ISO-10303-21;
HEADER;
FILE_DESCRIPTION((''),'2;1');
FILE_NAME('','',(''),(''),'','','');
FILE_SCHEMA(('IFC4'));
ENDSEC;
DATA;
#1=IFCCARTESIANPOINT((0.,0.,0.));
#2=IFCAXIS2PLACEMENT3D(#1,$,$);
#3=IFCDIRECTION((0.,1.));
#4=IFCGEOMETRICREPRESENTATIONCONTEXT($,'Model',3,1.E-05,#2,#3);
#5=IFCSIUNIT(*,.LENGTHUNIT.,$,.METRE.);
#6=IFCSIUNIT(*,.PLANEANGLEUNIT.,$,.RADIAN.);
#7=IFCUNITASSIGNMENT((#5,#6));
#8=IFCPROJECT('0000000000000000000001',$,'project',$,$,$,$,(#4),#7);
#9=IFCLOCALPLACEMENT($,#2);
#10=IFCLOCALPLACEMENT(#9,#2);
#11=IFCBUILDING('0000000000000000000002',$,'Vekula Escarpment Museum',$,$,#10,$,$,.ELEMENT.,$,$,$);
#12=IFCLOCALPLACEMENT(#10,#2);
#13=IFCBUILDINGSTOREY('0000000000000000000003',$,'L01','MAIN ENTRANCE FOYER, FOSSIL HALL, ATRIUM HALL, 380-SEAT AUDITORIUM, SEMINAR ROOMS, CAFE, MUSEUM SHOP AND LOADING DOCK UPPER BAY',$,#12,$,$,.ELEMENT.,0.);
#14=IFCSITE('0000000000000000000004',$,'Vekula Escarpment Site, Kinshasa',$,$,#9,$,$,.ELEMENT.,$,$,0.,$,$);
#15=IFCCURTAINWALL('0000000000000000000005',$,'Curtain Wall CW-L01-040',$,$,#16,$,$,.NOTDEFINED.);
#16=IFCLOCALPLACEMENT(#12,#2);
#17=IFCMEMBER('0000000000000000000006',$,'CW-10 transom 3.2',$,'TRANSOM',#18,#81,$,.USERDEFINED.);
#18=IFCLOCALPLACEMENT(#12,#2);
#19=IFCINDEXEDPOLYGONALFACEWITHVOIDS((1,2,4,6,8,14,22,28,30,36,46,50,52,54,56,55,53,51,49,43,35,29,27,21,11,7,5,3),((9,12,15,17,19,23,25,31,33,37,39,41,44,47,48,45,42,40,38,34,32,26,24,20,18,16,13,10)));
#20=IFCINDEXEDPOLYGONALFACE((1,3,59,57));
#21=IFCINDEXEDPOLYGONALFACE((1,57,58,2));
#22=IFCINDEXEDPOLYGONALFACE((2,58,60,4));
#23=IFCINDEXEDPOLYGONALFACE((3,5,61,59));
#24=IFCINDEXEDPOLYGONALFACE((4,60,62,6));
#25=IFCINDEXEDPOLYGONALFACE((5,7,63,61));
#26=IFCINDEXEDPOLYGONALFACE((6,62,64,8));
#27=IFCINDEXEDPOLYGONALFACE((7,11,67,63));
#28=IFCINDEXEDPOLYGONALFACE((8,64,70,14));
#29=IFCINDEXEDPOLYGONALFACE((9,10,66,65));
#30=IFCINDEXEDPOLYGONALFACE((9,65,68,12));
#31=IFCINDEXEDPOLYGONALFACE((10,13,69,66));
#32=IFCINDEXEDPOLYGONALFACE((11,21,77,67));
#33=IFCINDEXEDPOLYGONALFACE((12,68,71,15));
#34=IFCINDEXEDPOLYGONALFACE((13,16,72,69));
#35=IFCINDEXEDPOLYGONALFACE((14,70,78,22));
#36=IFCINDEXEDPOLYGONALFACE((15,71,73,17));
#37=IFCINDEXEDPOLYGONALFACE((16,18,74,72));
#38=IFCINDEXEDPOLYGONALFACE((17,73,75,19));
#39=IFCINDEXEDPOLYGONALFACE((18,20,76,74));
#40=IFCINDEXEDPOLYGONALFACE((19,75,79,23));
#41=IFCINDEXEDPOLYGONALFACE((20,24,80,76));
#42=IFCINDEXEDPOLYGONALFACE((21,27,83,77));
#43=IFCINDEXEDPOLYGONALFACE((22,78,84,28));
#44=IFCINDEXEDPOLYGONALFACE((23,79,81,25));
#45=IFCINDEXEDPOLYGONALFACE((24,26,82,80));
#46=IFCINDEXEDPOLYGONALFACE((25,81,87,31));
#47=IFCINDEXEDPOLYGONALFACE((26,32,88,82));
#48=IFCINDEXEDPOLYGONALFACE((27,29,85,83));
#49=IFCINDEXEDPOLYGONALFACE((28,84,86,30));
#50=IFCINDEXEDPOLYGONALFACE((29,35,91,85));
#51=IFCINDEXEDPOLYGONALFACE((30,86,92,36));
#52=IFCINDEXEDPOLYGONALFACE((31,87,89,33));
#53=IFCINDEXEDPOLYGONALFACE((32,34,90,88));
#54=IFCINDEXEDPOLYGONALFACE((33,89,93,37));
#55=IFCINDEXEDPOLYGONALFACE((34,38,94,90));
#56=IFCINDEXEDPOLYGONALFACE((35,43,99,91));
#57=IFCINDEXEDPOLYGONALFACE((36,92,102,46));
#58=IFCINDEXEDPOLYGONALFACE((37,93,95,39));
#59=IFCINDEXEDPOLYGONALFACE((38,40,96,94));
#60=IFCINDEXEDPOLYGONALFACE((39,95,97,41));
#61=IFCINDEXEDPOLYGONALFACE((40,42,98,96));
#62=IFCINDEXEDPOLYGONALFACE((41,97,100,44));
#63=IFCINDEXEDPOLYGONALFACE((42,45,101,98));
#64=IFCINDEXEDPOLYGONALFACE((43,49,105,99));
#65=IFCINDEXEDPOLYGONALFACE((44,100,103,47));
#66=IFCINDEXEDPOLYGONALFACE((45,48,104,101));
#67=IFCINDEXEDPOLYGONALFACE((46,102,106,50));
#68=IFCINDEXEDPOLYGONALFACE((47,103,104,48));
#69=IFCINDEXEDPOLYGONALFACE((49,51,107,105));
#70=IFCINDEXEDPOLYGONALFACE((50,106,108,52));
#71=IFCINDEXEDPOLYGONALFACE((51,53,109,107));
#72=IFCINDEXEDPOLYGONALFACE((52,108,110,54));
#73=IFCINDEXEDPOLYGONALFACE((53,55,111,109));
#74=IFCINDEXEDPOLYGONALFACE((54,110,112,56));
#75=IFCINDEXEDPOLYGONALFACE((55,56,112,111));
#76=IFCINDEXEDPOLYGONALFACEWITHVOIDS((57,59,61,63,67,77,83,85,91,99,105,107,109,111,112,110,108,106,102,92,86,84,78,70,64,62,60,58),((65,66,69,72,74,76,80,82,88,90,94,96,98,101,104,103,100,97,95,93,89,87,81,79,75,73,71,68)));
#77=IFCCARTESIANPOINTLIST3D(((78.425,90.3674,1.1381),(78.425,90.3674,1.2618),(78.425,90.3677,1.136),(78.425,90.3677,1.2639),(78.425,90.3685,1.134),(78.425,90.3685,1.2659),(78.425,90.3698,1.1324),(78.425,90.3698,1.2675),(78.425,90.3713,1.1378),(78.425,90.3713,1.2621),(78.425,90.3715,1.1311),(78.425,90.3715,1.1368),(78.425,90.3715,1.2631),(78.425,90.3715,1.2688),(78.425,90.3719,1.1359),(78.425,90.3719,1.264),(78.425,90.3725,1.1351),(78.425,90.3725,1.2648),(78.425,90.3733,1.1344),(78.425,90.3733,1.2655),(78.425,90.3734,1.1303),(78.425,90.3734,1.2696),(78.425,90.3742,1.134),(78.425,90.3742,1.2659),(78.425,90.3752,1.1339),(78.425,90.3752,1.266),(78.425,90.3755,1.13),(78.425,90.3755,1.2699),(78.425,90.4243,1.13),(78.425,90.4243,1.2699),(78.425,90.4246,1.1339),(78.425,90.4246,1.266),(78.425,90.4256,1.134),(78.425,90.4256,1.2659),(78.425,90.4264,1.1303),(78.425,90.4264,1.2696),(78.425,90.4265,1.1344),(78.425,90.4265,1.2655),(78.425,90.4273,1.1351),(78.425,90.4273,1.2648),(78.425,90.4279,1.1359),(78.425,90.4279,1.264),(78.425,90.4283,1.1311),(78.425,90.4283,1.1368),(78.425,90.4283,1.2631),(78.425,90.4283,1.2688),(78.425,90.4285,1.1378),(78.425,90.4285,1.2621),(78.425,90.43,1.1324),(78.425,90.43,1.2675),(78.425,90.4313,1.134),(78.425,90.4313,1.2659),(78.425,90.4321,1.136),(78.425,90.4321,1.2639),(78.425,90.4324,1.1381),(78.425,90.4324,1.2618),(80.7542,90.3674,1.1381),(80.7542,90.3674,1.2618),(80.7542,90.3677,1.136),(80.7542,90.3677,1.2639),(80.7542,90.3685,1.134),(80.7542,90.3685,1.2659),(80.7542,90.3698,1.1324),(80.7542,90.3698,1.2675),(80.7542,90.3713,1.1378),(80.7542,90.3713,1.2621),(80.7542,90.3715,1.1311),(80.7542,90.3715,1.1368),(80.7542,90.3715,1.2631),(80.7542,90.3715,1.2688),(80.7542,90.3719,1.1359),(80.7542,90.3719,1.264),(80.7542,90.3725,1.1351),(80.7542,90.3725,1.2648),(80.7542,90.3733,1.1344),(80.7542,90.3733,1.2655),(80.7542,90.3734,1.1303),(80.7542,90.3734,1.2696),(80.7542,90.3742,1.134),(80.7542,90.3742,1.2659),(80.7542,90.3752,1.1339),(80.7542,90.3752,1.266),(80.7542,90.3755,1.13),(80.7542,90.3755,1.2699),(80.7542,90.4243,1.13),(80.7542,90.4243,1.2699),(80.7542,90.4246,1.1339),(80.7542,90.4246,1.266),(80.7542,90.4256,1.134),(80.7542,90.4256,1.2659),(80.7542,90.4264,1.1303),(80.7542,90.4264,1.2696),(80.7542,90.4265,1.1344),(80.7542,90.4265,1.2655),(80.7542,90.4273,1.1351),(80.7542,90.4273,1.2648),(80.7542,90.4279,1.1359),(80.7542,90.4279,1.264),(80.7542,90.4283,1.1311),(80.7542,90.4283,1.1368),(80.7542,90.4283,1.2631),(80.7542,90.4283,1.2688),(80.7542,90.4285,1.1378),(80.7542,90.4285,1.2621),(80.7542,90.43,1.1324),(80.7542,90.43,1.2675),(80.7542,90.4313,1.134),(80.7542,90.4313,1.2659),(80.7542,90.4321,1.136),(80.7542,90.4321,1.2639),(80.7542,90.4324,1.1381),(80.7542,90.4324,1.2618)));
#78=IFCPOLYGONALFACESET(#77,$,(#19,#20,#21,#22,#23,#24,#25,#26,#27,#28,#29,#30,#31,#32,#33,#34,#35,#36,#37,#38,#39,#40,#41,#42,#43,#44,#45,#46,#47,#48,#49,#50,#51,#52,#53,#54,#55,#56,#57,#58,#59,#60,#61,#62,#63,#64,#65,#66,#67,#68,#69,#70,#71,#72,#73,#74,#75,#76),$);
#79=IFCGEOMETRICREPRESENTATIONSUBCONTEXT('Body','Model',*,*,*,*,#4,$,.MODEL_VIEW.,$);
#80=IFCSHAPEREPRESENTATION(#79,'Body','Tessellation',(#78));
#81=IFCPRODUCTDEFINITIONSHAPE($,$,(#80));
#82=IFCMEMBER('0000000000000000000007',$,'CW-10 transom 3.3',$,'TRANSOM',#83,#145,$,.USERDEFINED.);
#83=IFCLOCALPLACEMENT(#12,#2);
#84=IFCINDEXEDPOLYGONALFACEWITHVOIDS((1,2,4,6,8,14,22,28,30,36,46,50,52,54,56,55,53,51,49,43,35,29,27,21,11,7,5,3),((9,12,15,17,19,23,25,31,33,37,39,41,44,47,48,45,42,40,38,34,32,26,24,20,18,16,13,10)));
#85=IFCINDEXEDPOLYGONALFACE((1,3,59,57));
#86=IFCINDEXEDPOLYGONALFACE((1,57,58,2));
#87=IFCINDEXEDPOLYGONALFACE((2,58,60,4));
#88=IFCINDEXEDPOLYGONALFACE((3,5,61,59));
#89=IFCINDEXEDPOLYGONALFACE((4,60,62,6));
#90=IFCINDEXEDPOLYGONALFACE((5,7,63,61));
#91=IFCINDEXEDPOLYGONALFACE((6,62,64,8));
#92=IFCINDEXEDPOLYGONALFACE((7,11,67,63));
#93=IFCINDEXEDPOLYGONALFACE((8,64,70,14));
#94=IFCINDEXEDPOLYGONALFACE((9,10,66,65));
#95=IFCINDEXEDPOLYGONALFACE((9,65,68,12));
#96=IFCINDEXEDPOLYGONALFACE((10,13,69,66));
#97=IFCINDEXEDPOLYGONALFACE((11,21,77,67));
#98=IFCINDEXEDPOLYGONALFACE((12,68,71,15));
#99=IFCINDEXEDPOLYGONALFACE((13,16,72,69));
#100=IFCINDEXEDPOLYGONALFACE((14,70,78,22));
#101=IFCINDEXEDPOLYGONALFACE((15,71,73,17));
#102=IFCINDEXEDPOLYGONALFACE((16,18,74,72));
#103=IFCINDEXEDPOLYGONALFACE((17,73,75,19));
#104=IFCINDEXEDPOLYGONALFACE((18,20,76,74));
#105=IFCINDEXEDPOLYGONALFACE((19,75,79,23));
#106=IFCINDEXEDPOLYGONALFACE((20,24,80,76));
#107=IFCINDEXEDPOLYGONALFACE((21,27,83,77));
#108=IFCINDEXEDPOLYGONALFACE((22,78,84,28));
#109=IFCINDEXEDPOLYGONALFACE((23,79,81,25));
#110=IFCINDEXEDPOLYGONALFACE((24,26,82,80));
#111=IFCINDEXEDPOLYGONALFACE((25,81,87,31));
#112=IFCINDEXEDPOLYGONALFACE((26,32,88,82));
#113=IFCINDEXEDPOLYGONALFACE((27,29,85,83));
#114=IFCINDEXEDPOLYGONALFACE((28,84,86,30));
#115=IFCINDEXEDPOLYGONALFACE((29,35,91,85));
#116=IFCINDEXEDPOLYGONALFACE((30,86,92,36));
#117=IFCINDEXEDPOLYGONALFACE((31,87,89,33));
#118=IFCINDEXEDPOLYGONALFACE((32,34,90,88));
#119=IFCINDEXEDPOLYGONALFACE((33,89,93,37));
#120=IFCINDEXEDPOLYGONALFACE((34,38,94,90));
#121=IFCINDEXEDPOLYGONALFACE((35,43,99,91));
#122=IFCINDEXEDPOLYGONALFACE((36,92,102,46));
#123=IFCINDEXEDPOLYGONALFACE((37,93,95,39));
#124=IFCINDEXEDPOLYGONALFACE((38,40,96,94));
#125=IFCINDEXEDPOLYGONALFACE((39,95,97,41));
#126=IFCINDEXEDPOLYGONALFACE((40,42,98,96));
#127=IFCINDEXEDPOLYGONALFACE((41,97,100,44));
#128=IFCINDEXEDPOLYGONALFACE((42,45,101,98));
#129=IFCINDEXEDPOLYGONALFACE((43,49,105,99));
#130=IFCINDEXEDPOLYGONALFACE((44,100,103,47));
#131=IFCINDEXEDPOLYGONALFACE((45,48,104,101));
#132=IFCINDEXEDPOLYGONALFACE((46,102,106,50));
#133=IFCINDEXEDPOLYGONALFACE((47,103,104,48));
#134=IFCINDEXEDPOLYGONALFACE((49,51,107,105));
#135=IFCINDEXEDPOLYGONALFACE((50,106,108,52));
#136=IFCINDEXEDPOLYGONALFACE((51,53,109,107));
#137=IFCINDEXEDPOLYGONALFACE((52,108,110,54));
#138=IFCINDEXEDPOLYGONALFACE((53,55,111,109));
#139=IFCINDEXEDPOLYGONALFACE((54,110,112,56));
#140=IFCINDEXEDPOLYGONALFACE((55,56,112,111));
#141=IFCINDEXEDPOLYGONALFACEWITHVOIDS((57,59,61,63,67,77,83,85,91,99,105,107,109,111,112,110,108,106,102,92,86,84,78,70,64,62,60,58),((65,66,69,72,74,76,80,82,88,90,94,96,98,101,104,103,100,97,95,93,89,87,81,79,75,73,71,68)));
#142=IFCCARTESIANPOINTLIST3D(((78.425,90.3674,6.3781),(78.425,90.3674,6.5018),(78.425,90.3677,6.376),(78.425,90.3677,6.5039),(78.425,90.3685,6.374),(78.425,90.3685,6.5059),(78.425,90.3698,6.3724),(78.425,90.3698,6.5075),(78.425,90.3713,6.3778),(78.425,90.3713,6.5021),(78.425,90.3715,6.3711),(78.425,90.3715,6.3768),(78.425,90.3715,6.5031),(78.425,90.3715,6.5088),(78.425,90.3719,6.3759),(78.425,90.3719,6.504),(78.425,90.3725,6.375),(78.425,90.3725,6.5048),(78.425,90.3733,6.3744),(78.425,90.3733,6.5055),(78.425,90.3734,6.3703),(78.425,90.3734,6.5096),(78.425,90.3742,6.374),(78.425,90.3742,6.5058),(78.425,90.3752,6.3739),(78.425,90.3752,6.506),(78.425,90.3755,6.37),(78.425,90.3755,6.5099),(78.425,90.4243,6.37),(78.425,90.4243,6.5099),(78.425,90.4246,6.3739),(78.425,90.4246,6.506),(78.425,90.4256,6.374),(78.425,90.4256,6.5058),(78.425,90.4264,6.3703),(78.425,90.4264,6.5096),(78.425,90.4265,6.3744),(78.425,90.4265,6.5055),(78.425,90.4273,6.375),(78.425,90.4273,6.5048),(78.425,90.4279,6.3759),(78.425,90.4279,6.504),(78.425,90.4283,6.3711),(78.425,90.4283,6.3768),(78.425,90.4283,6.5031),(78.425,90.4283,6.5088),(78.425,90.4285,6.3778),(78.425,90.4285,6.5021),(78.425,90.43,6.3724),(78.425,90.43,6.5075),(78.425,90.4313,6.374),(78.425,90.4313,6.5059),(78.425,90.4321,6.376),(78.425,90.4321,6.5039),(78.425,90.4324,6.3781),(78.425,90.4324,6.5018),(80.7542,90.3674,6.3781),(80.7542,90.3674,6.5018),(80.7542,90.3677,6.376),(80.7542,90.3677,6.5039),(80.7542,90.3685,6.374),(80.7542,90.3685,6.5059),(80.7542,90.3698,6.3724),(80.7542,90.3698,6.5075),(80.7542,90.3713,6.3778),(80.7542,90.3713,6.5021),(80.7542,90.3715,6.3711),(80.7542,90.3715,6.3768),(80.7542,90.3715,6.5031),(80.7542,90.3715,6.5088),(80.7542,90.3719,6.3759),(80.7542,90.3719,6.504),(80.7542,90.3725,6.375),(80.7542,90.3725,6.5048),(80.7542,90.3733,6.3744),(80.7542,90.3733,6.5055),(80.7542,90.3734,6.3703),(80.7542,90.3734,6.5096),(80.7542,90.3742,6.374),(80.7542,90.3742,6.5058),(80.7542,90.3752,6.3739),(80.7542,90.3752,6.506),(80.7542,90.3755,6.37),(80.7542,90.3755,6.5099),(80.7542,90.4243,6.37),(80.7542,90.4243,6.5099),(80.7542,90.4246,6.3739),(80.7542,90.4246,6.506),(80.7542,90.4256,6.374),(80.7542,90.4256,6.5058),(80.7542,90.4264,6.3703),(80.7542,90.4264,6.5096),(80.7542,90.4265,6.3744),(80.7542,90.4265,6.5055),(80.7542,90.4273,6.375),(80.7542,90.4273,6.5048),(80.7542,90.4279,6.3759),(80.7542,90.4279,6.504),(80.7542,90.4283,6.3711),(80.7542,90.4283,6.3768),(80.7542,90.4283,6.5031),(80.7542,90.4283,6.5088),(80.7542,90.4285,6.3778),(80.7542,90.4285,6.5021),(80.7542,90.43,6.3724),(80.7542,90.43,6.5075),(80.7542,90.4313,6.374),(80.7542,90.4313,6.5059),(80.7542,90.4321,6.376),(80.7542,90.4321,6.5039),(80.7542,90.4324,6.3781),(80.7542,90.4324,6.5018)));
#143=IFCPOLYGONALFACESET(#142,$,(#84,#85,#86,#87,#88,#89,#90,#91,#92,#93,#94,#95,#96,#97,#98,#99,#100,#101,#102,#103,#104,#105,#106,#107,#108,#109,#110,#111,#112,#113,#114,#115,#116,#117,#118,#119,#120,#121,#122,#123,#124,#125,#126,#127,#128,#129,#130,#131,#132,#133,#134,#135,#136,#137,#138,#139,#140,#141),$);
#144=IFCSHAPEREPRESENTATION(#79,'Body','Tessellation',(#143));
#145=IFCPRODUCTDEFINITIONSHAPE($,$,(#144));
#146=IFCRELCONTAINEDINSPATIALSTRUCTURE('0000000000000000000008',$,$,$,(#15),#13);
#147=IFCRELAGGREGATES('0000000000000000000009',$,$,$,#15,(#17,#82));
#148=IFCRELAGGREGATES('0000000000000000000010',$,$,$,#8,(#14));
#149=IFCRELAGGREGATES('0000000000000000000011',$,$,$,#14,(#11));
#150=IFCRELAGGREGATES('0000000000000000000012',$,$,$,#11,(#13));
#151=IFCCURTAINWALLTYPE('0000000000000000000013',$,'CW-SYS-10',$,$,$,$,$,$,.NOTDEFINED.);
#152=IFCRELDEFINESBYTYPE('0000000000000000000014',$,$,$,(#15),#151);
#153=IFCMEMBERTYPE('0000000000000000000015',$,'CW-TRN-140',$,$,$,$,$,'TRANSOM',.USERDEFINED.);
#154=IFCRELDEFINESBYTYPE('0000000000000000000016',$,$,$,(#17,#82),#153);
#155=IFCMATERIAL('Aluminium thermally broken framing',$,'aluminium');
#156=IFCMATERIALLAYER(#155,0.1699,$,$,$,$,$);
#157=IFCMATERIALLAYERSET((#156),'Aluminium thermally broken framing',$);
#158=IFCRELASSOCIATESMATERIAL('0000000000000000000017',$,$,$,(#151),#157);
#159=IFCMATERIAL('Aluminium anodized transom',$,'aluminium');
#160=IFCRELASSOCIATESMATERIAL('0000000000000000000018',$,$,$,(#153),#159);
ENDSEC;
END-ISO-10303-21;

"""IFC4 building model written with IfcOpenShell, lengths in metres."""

from ifc_helpers import new_model, si_unit, direction, frame, origin, origin_2d, place, context, subcontext, project, spatial, hollow_rectangle, extrude, material, layer, layer_set, material_profile, profile_set, type_object, element, aggregate, save


model = new_model("IFC4")

# Units and contexts
model_context = context("Model", 3, precision=1e-05, world=origin(), true_north=direction((0.0, 1.0)))
body_context = subcontext(model_context, "Body", "Model", "MODEL_VIEW")
ifc_project = project(units=[si_unit("LENGTHUNIT", "METRE"), si_unit("PLANEANGLEUNIT", "RADIAN")], contexts=[model_context])

# Site, building, storey
site_placement = place(None, origin())
site = spatial("IfcSite", under=ifc_project, at=site_placement, Name="Vekula Escarpment Site, Kinshasa", CompositionType="ELEMENT", RefElevation=0.0)
building_placement = place(site_placement, origin())
building = spatial("IfcBuilding", under=site, at=building_placement, Name="Vekula Escarpment Museum", CompositionType="ELEMENT")
storey_placement = place(building_placement, origin())
storey = spatial("IfcBuildingStorey", under=building, at=storey_placement, Name="L01", Description="MAIN ENTRANCE FOYER, FOSSIL HALL, ATRIUM HALL, 380-SEAT AUDITORIUM, SEMINAR ROOMS, CAFE, MUSEUM SHOP AND LOADING DOCK UPPER BAY", CompositionType="ELEMENT", Elevation=0.0)

# Curtain wall, members
ifc_material_1 = material(Name="Aluminium thermally broken framing", Category="aluminium")
ifc_layer_1 = layer(ifc_material_1, 0.1699)
ifc_layer_set_1 = layer_set([ifc_layer_1], Name="Aluminium thermally broken framing")
curtain_wall_type = type_object("IfcCurtainWallType", Name="CW-SYS-10", PredefinedType="NOTDEFINED", material=ifc_layer_set_1)
curtain_wall_placement = place(storey_placement, origin())
curtain_wall = element("IfcCurtainWall", 1, at=curtain_wall_placement, inside=storey, type_object=curtain_wall_type, Name="Curtain Wall CW-L01-040", PredefinedType="NOTDEFINED")
ifc_material_2 = material(Name="Aluminium anodized transom", Category="aluminium")
ifc_material_profile_1 = material_profile(ifc_material_2, hollow_rectangle(XDim=0.0649, YDim=0.1399, WallThickness=0.0039, InnerFilletRadius=0.0039, OuterFilletRadius=0.0081, at=origin_2d()), Name="ALU 140x65x4")
ifc_profile_set_1 = profile_set([ifc_material_profile_1], Name="Aluminium anodized transom")
member_type_1 = type_object("IfcMemberType", Name="CW-TRN-140", ElementType="TRANSOM", PredefinedType="USERDEFINED", material=ifc_profile_set_1)
member_1_placement = place(storey_placement, frame((80.7542, 90.3999, 1.2), z_axis=(-1.0, 0.0, 0.0), x_axis=(0.0, -1.0, 0.0)))
member_1 = element("IfcMember", 2, at=member_1_placement, type_object=member_type_1, Name="CW-10 transom 3.2", ObjectType="TRANSOM", PredefinedType="USERDEFINED", context=body_context, shape_type="SweptSolid", body=[
    extrude(hollow_rectangle(XDim=0.0649, YDim=0.1399, WallThickness=0.0039, InnerFilletRadius=0.0039, OuterFilletRadius=0.0081, at=origin_2d()), origin(), (0.0, 0.0, 1.0), 2.3291),
])
member_2_placement = place(storey_placement, frame((80.7542, 90.3999, 6.4399), z_axis=(-1.0, 0.0, 0.0), x_axis=(0.0, -1.0, 0.0)))
member_2 = element("IfcMember", 3, at=member_2_placement, type_object=member_type_1, Name="CW-10 transom 3.3", ObjectType="TRANSOM", PredefinedType="USERDEFINED", context=body_context, shape_type="SweptSolid", body=[
    extrude(hollow_rectangle(XDim=0.0649, YDim=0.1399, WallThickness=0.0039, InnerFilletRadius=0.0039, OuterFilletRadius=0.0081, at=origin_2d()), origin(), (0.0, 0.0, 1.0), 2.3291),
])
aggregate(curtain_wall, [member_1, member_2])

save(model, "model.ifc")
